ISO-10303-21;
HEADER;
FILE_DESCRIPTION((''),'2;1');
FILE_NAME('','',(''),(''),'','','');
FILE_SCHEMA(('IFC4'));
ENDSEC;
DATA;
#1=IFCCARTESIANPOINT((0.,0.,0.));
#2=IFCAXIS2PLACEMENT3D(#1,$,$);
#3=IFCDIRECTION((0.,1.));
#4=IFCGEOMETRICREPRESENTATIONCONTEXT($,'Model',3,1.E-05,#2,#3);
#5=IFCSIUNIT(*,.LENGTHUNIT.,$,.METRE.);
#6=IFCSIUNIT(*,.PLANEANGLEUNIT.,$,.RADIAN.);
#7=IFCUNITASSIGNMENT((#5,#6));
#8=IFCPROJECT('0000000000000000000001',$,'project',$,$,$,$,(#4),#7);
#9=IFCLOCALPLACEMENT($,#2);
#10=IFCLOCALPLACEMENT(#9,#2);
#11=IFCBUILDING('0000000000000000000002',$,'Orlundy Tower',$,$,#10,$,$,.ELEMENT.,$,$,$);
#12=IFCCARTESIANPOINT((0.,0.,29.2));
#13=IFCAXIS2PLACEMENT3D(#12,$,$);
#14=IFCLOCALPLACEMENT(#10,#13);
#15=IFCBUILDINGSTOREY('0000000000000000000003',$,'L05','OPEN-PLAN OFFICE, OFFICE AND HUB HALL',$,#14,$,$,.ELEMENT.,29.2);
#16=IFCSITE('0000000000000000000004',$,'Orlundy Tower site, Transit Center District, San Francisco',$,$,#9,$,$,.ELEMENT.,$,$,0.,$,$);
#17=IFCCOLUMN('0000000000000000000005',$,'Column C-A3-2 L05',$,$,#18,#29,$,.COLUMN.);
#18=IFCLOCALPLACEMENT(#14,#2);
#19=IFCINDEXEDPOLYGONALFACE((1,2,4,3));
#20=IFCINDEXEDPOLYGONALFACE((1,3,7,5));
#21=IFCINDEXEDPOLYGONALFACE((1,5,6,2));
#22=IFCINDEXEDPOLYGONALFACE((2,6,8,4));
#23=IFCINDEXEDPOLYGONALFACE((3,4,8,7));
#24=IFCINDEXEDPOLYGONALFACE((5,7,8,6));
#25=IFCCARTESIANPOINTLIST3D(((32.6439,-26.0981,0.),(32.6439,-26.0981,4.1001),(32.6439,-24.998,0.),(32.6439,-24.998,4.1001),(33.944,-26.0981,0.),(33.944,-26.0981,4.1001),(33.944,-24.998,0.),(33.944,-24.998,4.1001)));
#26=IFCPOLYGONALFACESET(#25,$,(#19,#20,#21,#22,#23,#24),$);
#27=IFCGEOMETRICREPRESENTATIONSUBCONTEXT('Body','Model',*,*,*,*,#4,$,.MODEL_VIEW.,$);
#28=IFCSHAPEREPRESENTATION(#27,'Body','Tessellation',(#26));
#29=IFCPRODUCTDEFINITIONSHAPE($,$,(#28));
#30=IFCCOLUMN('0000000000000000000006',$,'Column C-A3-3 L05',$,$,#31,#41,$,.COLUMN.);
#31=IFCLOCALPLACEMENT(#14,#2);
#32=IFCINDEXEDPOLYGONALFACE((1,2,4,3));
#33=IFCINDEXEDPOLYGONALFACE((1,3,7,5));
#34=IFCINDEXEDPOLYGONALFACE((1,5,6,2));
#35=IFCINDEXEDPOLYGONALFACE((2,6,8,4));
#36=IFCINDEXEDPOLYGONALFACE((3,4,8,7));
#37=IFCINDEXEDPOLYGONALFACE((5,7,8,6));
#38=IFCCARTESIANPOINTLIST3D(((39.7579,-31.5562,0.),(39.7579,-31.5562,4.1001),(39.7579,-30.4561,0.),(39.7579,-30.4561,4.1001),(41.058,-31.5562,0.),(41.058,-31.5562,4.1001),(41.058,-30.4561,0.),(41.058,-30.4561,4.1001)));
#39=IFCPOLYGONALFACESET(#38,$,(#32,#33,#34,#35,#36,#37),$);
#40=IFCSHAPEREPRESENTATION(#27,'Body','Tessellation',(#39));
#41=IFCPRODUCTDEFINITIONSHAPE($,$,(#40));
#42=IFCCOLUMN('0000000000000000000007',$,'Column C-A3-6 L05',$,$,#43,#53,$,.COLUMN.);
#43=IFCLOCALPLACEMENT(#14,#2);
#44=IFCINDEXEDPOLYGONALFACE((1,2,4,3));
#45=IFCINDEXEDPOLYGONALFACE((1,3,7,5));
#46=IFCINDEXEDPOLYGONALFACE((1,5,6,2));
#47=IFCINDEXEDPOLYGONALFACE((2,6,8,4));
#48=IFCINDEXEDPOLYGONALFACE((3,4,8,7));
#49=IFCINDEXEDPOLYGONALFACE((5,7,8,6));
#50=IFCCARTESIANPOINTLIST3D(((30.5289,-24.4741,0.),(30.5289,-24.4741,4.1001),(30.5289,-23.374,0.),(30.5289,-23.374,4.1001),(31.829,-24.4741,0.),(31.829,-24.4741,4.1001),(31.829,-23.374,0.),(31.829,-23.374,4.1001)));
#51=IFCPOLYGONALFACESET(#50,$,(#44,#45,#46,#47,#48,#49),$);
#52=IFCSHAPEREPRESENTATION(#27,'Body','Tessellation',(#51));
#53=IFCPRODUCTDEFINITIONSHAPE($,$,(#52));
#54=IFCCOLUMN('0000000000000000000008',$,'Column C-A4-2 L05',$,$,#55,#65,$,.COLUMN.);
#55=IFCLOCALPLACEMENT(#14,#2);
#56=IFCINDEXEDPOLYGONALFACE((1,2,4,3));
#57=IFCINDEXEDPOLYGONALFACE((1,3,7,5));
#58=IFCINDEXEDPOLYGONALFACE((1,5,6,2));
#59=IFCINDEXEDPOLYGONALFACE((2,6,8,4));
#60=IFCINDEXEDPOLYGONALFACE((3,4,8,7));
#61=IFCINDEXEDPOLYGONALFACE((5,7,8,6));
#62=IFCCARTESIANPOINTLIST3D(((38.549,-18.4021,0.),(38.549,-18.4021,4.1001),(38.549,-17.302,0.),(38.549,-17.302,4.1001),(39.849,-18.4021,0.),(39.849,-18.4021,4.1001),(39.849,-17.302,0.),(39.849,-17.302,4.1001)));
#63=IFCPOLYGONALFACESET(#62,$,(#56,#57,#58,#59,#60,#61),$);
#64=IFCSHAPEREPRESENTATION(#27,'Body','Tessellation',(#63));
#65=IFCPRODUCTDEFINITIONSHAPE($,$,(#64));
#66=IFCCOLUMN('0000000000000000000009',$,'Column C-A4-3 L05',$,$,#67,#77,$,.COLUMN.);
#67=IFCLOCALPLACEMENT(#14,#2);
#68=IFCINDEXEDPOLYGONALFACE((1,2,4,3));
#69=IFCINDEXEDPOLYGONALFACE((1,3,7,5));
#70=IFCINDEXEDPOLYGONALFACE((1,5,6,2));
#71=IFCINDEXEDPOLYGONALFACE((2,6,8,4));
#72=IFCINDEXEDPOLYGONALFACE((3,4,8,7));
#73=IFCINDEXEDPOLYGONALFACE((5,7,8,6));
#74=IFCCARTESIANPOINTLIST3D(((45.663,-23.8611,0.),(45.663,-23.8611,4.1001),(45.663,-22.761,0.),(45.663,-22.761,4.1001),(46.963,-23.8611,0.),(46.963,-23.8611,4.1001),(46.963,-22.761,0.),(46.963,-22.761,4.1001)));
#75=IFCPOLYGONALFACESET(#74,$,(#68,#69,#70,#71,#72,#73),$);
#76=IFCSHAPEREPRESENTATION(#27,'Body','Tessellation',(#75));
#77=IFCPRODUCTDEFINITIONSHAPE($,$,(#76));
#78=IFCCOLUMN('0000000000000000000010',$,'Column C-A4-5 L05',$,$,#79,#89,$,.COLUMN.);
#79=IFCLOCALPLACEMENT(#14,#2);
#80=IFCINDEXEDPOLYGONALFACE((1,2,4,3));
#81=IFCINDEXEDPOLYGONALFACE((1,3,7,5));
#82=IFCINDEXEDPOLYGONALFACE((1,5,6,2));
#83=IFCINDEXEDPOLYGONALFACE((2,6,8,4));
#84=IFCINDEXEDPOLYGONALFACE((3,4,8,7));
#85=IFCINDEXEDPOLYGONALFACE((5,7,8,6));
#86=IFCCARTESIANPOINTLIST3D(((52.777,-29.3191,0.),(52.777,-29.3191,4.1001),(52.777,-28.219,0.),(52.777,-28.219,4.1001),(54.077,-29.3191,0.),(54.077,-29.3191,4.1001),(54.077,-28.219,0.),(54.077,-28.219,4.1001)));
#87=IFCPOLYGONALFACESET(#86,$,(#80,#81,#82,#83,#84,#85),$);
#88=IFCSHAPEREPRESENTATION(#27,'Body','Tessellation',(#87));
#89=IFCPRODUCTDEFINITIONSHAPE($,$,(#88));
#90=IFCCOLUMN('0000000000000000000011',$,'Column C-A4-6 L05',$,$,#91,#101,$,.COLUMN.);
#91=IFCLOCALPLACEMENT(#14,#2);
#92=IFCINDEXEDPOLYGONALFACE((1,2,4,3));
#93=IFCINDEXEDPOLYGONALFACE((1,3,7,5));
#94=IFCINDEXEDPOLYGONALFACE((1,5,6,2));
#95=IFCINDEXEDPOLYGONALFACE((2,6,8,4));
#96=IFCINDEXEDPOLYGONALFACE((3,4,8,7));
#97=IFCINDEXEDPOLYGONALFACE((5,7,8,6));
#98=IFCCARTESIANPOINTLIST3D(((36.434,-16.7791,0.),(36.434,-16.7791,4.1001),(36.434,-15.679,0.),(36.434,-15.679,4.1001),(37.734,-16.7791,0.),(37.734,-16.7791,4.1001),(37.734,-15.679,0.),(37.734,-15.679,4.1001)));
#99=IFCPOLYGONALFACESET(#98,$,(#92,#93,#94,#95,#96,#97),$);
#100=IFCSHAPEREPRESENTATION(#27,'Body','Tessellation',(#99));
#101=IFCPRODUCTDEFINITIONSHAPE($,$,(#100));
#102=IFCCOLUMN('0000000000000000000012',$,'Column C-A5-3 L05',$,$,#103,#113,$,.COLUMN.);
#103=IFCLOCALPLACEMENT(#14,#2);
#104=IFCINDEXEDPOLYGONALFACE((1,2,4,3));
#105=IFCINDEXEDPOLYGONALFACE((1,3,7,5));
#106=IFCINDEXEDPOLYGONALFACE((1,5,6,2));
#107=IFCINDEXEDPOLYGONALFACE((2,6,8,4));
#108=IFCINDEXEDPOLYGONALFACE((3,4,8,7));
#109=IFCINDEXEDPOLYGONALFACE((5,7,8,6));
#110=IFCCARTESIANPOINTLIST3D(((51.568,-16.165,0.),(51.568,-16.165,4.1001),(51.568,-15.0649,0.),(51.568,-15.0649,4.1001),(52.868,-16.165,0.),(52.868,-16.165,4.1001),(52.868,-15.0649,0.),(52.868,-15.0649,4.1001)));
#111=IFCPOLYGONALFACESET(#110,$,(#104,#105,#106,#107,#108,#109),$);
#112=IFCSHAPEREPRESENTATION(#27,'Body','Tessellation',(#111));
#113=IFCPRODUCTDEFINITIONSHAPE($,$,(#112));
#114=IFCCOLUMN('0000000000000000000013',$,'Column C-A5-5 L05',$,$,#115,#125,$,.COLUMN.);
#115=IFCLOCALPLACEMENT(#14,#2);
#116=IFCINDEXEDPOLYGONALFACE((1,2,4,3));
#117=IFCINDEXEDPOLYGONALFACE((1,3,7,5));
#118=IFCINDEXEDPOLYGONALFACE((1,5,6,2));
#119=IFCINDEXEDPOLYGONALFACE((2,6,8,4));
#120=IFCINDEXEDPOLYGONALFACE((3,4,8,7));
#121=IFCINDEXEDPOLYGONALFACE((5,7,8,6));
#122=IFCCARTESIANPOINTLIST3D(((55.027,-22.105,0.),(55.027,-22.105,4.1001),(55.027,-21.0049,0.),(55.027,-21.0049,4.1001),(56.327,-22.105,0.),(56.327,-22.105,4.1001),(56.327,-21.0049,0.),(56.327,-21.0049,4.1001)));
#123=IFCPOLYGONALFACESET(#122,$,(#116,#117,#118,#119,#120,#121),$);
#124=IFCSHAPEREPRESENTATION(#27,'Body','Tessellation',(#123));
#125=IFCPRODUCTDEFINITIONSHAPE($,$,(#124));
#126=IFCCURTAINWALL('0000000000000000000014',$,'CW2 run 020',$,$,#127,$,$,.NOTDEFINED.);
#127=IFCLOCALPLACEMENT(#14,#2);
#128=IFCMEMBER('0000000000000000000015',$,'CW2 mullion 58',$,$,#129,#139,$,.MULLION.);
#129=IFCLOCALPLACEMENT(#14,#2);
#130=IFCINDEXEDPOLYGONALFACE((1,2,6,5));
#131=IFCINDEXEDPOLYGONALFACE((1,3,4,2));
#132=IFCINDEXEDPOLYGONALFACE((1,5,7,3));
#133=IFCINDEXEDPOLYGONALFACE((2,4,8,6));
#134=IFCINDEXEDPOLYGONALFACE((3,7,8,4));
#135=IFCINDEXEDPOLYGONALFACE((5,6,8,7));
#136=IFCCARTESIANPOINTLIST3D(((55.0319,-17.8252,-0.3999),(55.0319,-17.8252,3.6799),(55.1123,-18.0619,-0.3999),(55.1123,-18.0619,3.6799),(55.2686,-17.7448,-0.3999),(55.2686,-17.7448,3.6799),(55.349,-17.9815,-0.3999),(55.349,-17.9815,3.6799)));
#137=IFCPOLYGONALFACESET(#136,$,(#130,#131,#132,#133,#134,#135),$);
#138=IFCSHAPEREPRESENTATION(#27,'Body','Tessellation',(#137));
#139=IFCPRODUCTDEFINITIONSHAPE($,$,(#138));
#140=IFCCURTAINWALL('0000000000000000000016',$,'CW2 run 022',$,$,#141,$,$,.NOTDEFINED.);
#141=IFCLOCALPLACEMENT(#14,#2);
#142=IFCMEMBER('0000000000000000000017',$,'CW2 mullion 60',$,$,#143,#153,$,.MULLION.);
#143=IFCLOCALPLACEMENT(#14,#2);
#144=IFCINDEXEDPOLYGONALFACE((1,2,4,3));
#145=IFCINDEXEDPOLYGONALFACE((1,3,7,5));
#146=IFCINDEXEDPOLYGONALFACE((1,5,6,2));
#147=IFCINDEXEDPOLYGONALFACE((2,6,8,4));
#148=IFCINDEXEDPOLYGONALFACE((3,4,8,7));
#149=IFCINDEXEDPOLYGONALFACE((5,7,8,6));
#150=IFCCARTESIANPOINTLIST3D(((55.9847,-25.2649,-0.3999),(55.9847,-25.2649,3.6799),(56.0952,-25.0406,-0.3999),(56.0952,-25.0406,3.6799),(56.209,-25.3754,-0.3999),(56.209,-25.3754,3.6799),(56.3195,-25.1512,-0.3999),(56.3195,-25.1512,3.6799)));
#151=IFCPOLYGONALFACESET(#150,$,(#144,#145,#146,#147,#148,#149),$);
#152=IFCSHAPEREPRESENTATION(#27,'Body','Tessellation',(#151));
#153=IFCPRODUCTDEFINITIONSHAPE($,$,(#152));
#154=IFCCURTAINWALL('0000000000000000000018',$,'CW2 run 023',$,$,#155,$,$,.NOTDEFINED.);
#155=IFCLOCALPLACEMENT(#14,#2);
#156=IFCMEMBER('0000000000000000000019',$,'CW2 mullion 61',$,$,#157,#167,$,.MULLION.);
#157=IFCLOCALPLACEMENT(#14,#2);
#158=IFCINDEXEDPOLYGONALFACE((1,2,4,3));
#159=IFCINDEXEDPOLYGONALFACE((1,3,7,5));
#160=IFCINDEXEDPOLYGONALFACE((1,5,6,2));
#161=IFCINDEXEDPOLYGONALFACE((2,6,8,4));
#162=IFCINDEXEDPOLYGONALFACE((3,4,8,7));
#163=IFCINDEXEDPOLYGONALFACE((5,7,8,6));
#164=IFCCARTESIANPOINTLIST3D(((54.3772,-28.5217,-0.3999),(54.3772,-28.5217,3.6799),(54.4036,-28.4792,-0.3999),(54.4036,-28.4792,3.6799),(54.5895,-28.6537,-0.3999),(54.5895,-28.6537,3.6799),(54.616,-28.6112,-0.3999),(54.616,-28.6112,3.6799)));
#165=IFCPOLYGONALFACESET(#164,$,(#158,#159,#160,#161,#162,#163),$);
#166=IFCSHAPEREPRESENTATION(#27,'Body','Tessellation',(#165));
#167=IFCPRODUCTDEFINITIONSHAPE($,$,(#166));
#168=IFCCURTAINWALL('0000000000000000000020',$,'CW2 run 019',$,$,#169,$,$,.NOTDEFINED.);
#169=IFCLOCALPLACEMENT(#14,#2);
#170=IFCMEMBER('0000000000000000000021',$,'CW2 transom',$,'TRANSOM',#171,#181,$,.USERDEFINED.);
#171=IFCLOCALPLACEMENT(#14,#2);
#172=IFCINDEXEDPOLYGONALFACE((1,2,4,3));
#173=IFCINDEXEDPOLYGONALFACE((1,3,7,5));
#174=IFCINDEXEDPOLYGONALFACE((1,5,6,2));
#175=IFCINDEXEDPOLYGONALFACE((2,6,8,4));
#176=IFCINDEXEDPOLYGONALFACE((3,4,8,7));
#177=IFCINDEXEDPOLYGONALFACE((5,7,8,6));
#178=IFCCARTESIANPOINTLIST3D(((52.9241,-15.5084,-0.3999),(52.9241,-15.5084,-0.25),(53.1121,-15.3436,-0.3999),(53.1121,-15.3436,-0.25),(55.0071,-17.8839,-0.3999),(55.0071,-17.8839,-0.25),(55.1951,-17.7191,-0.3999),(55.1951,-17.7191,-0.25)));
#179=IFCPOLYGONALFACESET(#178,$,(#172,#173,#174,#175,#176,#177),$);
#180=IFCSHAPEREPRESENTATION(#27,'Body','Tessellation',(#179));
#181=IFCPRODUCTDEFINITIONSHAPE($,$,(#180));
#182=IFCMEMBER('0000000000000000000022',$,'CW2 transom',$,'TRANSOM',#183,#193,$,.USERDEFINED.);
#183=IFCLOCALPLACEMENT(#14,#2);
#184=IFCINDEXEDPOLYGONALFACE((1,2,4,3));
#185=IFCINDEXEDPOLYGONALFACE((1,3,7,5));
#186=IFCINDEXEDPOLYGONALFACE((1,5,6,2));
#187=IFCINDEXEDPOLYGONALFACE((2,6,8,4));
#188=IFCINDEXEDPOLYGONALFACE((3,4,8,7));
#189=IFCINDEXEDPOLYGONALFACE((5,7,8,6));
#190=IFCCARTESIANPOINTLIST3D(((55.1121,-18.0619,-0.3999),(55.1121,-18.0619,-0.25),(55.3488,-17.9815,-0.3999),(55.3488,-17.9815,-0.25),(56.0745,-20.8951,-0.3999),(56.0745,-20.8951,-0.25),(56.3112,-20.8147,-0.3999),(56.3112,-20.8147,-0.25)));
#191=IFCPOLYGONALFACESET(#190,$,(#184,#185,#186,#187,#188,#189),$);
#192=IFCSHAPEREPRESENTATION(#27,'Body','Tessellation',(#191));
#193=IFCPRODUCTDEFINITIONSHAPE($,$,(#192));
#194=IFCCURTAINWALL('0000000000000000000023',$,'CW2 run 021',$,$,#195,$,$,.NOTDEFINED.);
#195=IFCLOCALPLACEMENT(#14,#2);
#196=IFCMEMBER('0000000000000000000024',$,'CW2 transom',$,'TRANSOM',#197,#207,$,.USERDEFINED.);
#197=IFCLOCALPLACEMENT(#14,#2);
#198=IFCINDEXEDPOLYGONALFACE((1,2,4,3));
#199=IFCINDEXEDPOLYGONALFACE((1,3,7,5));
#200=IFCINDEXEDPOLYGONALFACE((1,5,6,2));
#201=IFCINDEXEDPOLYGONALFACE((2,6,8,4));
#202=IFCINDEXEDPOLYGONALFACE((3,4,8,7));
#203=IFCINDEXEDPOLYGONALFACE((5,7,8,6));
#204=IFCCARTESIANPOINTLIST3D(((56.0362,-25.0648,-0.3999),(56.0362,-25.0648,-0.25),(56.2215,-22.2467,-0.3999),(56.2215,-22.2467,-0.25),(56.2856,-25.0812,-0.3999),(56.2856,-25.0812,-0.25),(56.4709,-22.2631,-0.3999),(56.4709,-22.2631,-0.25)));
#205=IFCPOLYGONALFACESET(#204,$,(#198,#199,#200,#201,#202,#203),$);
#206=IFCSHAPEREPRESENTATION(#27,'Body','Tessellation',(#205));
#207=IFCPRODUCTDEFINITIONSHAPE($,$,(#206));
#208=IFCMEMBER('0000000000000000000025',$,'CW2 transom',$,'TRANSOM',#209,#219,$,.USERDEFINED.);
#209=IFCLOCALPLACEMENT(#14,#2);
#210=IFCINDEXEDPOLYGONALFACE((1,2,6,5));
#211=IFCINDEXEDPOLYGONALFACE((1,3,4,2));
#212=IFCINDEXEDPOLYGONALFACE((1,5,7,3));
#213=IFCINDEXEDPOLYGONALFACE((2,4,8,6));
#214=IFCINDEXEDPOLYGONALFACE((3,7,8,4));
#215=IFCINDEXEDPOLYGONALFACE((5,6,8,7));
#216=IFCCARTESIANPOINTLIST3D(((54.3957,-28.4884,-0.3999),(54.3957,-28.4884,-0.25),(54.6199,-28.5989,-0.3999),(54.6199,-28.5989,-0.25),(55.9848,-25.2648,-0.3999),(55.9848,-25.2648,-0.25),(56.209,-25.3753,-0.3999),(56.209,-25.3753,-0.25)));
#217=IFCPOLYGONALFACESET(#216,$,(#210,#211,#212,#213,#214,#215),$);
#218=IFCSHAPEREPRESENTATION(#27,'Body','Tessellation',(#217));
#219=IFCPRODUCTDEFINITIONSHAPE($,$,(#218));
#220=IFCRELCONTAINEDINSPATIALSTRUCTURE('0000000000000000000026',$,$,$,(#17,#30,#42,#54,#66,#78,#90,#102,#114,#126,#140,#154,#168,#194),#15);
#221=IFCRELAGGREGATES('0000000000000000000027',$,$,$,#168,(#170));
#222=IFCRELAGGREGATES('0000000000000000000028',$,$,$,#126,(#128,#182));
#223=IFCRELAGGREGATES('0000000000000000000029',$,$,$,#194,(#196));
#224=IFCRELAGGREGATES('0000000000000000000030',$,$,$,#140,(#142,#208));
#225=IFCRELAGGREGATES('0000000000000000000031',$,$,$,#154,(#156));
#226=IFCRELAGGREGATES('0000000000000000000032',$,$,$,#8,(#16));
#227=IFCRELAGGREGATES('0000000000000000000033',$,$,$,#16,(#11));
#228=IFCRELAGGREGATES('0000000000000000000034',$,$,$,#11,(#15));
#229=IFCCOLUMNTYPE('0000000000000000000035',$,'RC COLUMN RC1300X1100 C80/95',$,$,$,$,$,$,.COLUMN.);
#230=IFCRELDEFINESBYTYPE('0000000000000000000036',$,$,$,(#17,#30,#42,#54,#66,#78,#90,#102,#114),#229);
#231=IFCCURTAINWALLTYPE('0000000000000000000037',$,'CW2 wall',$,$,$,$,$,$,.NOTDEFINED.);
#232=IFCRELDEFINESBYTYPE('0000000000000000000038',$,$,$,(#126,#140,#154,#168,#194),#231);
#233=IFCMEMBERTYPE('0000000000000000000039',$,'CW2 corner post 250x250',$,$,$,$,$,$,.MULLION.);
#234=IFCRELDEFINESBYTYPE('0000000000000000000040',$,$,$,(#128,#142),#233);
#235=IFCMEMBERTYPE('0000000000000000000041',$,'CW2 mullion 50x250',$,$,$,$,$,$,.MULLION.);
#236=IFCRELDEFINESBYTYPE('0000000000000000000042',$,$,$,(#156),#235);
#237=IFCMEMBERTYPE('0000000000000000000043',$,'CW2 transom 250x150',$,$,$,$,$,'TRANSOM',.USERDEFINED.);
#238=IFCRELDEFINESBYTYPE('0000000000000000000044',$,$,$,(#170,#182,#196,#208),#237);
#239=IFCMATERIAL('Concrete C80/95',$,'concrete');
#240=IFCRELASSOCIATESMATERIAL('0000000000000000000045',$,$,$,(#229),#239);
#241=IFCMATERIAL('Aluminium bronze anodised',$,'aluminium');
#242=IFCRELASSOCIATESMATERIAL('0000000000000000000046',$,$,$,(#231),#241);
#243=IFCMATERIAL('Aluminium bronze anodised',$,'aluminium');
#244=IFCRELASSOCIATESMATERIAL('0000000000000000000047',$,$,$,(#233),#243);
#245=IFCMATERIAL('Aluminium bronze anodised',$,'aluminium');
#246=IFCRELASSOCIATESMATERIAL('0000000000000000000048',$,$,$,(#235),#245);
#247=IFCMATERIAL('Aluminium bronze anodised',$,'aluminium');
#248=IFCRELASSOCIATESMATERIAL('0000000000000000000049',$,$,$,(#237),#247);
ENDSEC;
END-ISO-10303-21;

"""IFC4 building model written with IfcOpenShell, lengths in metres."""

from ifc_helpers import new_model, si_unit, direction, frame, origin, origin_2d, place, context, subcontext, project, spatial, rectangle, extrude, material, material_profile, profile_set, type_object, element, aggregate, save


model = new_model("IFC4")

# Units and contexts
model_context = context("Model", 3, precision=1e-05, world=origin(), true_north=direction((0.0, 1.0)))
body_context = subcontext(model_context, "Body", "Model", "MODEL_VIEW")
ifc_project = project(units=[si_unit("LENGTHUNIT", "METRE"), si_unit("PLANEANGLEUNIT", "RADIAN")], contexts=[model_context])

# Site, building, storey
site_placement = place(None, origin())
site = spatial("IfcSite", under=ifc_project, at=site_placement, Name="Orlundy Tower site, Transit Center District, San Francisco", CompositionType="ELEMENT", RefElevation=0.0)
building_placement = place(site_placement, origin())
building = spatial("IfcBuilding", under=site, at=building_placement, Name="Orlundy Tower", CompositionType="ELEMENT")
storey_placement = place(building_placement, frame((0.0, 0.0, 29.2)))
storey = spatial("IfcBuildingStorey", under=building, at=storey_placement, Name="L05", Description="OPEN-PLAN OFFICE, OFFICE AND HUB HALL", CompositionType="ELEMENT", Elevation=29.2)

# Columns
ifc_material_1 = material(Name="Concrete C80/95", Category="concrete")
ifc_material_profile_1 = material_profile(ifc_material_1, rectangle(XDim=1.3, YDim=1.1001, at=origin_2d()), Name="RC1300X1100")
ifc_profile_set_1 = profile_set([ifc_material_profile_1], Name="Concrete C80/95")
column_type = type_object("IfcColumnType", Name="RC COLUMN RC1300X1100 C80/95", PredefinedType="COLUMN", material=ifc_profile_set_1)
for number, where, z_axis, x_axis, name in (
    (1, (33.2939, -25.5481, 0.0), (0.0, 0.0, 1.0), (1.0, 0.0, 0.0), "Column C-A3-2 L05"),
    (2, (40.408, -31.0061, 0.0), (0.0, 0.0, 1.0), (1.0, 0.0, 0.0), "Column C-A3-3 L05"),
    (3, (31.179, -23.9241, 0.0), (0.0, 0.0, 1.0), (1.0, 0.0, 0.0), "Column C-A3-6 L05"),
    (4, (39.199, -17.8521, 0.0), (0.0, 0.0, 1.0), (1.0, 0.0, 0.0), "Column C-A4-2 L05"),
    (5, (46.313, -23.311, 0.0), (0.0, 0.0, 1.0), (1.0, 0.0, 0.0), "Column C-A4-3 L05"),
    (6, (53.427, -28.769, 0.0), (0.0, 0.0, 1.0), (1.0, 0.0, 0.0), "Column C-A4-5 L05"),
    (7, (37.084, -16.229, 0.0), (0.0, 0.0, 1.0), (1.0, 0.0, 0.0), "Column C-A4-6 L05"),
    (8, (52.218, -15.615, 0.0), (0.0, 0.0, 1.0), (1.0, 0.0, 0.0), "Column C-A5-3 L05"),
    (9, (55.677, -21.5549, 0.0), (0.0, 0.0, 1.0), (1.0, 0.0, 0.0), "Column C-A5-5 L05"),
):
    element("IfcColumn", number, at=place(storey_placement, frame(where, z_axis=z_axis, x_axis=x_axis)), inside=storey, type_object=column_type, Name=name, PredefinedType="COLUMN", context=body_context, shape_type="SweptSolid", body=[
        extrude(rectangle(XDim=1.3, YDim=1.1001, at=origin_2d()), origin(), (0.0, 0.0, 1.0), 4.1001),
    ])

# Curtain walls, members
ifc_material_2 = material(Name="Aluminium bronze anodised", Category="aluminium")
curtain_wall_type = type_object("IfcCurtainWallType", Name="CW2 wall", PredefinedType="NOTDEFINED", material=ifc_material_2)
curtain_wall_1_placement = place(storey_placement, origin())
curtain_wall_1 = element("IfcCurtainWall", 10, at=curtain_wall_1_placement, inside=storey, type_object=curtain_wall_type, Name="CW2 run 020", PredefinedType="NOTDEFINED")
ifc_material_3 = material(Name="Aluminium bronze anodised", Category="aluminium")
ifc_material_profile_2 = material_profile(ifc_material_3, rectangle(XDim=0.25, YDim=0.25, at=origin_2d()), Name="CW2 corner post 250x250")
ifc_profile_set_2 = profile_set([ifc_material_profile_2], Name="Aluminium bronze anodised")
member_type_1 = type_object("IfcMemberType", Name="CW2 corner post 250x250", PredefinedType="MULLION", material=ifc_profile_set_2)
member_1_placement = place(storey_placement, frame((55.1904, -17.9033, -0.3999), z_axis=(0.0, 0.0, 1.0), x_axis=(0.946888, 0.321564, 0.0)))
member_1 = element("IfcMember", 11, at=member_1_placement, type_object=member_type_1, Name="CW2 mullion 58", PredefinedType="MULLION", context=body_context, shape_type="SweptSolid", body=[
    extrude(rectangle(XDim=0.25, YDim=0.25, at=origin_2d()), origin(), (0.0, 0.0, 1.0), 4.0798),
])
curtain_wall_2_placement = place(storey_placement, origin())
curtain_wall_2 = element("IfcCurtainWall", 12, at=curtain_wall_2_placement, inside=storey, type_object=curtain_wall_type, Name="CW2 run 022", PredefinedType="NOTDEFINED")
member_2_placement = place(storey_placement, frame((56.1521, -25.208, -0.3999), z_axis=(0.0, 0.0, 1.0), x_axis=(0.896949, -0.442135, 0.0)))
member_2 = element("IfcMember", 13, at=member_2_placement, type_object=member_type_1, Name="CW2 mullion 60", PredefinedType="MULLION", context=body_context, shape_type="SweptSolid", body=[
    extrude(rectangle(XDim=0.25, YDim=0.25, at=origin_2d()), origin(), (0.0, 0.0, 1.0), 4.0798),
])
curtain_wall_3_placement = place(storey_placement, origin())
curtain_wall_3 = element("IfcCurtainWall", 14, at=curtain_wall_3_placement, inside=storey, type_object=curtain_wall_type, Name="CW2 run 023", PredefinedType="NOTDEFINED")
ifc_material_4 = material(Name="Aluminium bronze anodised", Category="aluminium")
ifc_material_profile_3 = material_profile(ifc_material_4, rectangle(XDim=0.25, YDim=0.05, at=origin_2d()), Name="CW2 mullion 50x250")
ifc_profile_set_3 = profile_set([ifc_material_profile_3], Name="Aluminium bronze anodised")
member_type_2 = type_object("IfcMemberType", Name="CW2 mullion 50x250", PredefinedType="MULLION", material=ifc_profile_set_3)
member_3_placement = place(storey_placement, frame((54.4966, -28.5664, -0.3999), z_axis=(0.0, 0.0, 1.0), x_axis=(0.849244, -0.528, 0.0)))
member_3 = element("IfcMember", 15, at=member_3_placement, type_object=member_type_2, Name="CW2 mullion 61", PredefinedType="MULLION", context=body_context, shape_type="SweptSolid", body=[
    extrude(rectangle(XDim=0.25, YDim=0.05, at=origin_2d()), origin(), (0.0, 0.0, 1.0), 4.0798),
])
curtain_wall_4_placement = place(storey_placement, origin())
curtain_wall_4 = element("IfcCurtainWall", 16, at=curtain_wall_4_placement, inside=storey, type_object=curtain_wall_type, Name="CW2 run 019", PredefinedType="NOTDEFINED")
ifc_material_5 = material(Name="Aluminium bronze anodised", Category="aluminium")
ifc_material_profile_4 = material_profile(ifc_material_5, rectangle(XDim=0.25, YDim=0.1499, at=origin_2d()), Name="CW2 transom 250x150")
ifc_profile_set_4 = profile_set([ifc_material_profile_4], Name="Aluminium bronze anodised")
member_type_3 = type_object("IfcMemberType", Name="CW2 transom 250x150", ElementType="TRANSOM", PredefinedType="USERDEFINED", material=ifc_profile_set_4)
member_4_placement = place(storey_placement, frame((53.0181, -15.426, -0.325), z_axis=(0.659303, -0.751877, 0.0), x_axis=(0.751877, 0.659303, 0.0)))
member_4 = element("IfcMember", 17, at=member_4_placement, type_object=member_type_3, Name="CW2 transom", ObjectType="TRANSOM", PredefinedType="USERDEFINED", context=body_context, shape_type="SweptSolid", body=[
    extrude(rectangle(XDim=0.25, YDim=0.1499, at=origin_2d()), origin(), (0.0, 0.0, 1.0), 3.1594),
])

# Member
member_5_placement = place(storey_placement, frame((55.2305, -18.0217, -0.325), z_axis=(0.321632, -0.946865, 0.0), x_axis=(0.946865, 0.321632, 0.0)))
member_5 = element("IfcMember", 18, at=member_5_placement, type_object=member_type_3, Name="CW2 transom", ObjectType="TRANSOM", PredefinedType="USERDEFINED", context=body_context, shape_type="SweptSolid", body=[
    extrude(rectangle(XDim=0.25, YDim=0.1499, at=origin_2d()), origin(), (0.0, 0.0, 1.0), 2.9922),
])

# Curtain wall, member
curtain_wall_5_placement = place(storey_placement, origin())
curtain_wall_5 = element("IfcCurtainWall", 19, at=curtain_wall_5_placement, inside=storey, type_object=curtain_wall_type, Name="CW2 run 021", PredefinedType="NOTDEFINED")
member_6_placement = place(storey_placement, frame((56.3462, -22.2549, -0.325), z_axis=(-0.065612, -0.997845, 0.0), x_axis=(0.997845, -0.065612, 0.0)))
member_6 = element("IfcMember", 20, at=member_6_placement, type_object=member_type_3, Name="CW2 transom", ObjectType="TRANSOM", PredefinedType="USERDEFINED", context=body_context, shape_type="SweptSolid", body=[
    extrude(rectangle(XDim=0.25, YDim=0.1499, at=origin_2d()), origin(), (0.0, 0.0, 1.0), 2.8242),
])

# Member
member_7_placement = place(storey_placement, frame((56.0969, -25.3201, -0.325), z_axis=(-0.442153, -0.89694, 0.0), x_axis=(0.89694, -0.442153, 0.0)))
member_7 = element("IfcMember", 21, at=member_7_placement, type_object=member_type_3, Name="CW2 transom", ObjectType="TRANSOM", PredefinedType="USERDEFINED", context=body_context, shape_type="SweptSolid", body=[
    extrude(rectangle(XDim=0.25, YDim=0.1499, at=origin_2d()), origin(), (0.0, 0.0, 1.0), 3.594),
])

aggregate(curtain_wall_4, [member_4])
aggregate(curtain_wall_1, [member_1, member_5])
aggregate(curtain_wall_5, [member_6])
aggregate(curtain_wall_2, [member_2, member_7])
aggregate(curtain_wall_3, [member_3])

save(model, "model.ifc")
